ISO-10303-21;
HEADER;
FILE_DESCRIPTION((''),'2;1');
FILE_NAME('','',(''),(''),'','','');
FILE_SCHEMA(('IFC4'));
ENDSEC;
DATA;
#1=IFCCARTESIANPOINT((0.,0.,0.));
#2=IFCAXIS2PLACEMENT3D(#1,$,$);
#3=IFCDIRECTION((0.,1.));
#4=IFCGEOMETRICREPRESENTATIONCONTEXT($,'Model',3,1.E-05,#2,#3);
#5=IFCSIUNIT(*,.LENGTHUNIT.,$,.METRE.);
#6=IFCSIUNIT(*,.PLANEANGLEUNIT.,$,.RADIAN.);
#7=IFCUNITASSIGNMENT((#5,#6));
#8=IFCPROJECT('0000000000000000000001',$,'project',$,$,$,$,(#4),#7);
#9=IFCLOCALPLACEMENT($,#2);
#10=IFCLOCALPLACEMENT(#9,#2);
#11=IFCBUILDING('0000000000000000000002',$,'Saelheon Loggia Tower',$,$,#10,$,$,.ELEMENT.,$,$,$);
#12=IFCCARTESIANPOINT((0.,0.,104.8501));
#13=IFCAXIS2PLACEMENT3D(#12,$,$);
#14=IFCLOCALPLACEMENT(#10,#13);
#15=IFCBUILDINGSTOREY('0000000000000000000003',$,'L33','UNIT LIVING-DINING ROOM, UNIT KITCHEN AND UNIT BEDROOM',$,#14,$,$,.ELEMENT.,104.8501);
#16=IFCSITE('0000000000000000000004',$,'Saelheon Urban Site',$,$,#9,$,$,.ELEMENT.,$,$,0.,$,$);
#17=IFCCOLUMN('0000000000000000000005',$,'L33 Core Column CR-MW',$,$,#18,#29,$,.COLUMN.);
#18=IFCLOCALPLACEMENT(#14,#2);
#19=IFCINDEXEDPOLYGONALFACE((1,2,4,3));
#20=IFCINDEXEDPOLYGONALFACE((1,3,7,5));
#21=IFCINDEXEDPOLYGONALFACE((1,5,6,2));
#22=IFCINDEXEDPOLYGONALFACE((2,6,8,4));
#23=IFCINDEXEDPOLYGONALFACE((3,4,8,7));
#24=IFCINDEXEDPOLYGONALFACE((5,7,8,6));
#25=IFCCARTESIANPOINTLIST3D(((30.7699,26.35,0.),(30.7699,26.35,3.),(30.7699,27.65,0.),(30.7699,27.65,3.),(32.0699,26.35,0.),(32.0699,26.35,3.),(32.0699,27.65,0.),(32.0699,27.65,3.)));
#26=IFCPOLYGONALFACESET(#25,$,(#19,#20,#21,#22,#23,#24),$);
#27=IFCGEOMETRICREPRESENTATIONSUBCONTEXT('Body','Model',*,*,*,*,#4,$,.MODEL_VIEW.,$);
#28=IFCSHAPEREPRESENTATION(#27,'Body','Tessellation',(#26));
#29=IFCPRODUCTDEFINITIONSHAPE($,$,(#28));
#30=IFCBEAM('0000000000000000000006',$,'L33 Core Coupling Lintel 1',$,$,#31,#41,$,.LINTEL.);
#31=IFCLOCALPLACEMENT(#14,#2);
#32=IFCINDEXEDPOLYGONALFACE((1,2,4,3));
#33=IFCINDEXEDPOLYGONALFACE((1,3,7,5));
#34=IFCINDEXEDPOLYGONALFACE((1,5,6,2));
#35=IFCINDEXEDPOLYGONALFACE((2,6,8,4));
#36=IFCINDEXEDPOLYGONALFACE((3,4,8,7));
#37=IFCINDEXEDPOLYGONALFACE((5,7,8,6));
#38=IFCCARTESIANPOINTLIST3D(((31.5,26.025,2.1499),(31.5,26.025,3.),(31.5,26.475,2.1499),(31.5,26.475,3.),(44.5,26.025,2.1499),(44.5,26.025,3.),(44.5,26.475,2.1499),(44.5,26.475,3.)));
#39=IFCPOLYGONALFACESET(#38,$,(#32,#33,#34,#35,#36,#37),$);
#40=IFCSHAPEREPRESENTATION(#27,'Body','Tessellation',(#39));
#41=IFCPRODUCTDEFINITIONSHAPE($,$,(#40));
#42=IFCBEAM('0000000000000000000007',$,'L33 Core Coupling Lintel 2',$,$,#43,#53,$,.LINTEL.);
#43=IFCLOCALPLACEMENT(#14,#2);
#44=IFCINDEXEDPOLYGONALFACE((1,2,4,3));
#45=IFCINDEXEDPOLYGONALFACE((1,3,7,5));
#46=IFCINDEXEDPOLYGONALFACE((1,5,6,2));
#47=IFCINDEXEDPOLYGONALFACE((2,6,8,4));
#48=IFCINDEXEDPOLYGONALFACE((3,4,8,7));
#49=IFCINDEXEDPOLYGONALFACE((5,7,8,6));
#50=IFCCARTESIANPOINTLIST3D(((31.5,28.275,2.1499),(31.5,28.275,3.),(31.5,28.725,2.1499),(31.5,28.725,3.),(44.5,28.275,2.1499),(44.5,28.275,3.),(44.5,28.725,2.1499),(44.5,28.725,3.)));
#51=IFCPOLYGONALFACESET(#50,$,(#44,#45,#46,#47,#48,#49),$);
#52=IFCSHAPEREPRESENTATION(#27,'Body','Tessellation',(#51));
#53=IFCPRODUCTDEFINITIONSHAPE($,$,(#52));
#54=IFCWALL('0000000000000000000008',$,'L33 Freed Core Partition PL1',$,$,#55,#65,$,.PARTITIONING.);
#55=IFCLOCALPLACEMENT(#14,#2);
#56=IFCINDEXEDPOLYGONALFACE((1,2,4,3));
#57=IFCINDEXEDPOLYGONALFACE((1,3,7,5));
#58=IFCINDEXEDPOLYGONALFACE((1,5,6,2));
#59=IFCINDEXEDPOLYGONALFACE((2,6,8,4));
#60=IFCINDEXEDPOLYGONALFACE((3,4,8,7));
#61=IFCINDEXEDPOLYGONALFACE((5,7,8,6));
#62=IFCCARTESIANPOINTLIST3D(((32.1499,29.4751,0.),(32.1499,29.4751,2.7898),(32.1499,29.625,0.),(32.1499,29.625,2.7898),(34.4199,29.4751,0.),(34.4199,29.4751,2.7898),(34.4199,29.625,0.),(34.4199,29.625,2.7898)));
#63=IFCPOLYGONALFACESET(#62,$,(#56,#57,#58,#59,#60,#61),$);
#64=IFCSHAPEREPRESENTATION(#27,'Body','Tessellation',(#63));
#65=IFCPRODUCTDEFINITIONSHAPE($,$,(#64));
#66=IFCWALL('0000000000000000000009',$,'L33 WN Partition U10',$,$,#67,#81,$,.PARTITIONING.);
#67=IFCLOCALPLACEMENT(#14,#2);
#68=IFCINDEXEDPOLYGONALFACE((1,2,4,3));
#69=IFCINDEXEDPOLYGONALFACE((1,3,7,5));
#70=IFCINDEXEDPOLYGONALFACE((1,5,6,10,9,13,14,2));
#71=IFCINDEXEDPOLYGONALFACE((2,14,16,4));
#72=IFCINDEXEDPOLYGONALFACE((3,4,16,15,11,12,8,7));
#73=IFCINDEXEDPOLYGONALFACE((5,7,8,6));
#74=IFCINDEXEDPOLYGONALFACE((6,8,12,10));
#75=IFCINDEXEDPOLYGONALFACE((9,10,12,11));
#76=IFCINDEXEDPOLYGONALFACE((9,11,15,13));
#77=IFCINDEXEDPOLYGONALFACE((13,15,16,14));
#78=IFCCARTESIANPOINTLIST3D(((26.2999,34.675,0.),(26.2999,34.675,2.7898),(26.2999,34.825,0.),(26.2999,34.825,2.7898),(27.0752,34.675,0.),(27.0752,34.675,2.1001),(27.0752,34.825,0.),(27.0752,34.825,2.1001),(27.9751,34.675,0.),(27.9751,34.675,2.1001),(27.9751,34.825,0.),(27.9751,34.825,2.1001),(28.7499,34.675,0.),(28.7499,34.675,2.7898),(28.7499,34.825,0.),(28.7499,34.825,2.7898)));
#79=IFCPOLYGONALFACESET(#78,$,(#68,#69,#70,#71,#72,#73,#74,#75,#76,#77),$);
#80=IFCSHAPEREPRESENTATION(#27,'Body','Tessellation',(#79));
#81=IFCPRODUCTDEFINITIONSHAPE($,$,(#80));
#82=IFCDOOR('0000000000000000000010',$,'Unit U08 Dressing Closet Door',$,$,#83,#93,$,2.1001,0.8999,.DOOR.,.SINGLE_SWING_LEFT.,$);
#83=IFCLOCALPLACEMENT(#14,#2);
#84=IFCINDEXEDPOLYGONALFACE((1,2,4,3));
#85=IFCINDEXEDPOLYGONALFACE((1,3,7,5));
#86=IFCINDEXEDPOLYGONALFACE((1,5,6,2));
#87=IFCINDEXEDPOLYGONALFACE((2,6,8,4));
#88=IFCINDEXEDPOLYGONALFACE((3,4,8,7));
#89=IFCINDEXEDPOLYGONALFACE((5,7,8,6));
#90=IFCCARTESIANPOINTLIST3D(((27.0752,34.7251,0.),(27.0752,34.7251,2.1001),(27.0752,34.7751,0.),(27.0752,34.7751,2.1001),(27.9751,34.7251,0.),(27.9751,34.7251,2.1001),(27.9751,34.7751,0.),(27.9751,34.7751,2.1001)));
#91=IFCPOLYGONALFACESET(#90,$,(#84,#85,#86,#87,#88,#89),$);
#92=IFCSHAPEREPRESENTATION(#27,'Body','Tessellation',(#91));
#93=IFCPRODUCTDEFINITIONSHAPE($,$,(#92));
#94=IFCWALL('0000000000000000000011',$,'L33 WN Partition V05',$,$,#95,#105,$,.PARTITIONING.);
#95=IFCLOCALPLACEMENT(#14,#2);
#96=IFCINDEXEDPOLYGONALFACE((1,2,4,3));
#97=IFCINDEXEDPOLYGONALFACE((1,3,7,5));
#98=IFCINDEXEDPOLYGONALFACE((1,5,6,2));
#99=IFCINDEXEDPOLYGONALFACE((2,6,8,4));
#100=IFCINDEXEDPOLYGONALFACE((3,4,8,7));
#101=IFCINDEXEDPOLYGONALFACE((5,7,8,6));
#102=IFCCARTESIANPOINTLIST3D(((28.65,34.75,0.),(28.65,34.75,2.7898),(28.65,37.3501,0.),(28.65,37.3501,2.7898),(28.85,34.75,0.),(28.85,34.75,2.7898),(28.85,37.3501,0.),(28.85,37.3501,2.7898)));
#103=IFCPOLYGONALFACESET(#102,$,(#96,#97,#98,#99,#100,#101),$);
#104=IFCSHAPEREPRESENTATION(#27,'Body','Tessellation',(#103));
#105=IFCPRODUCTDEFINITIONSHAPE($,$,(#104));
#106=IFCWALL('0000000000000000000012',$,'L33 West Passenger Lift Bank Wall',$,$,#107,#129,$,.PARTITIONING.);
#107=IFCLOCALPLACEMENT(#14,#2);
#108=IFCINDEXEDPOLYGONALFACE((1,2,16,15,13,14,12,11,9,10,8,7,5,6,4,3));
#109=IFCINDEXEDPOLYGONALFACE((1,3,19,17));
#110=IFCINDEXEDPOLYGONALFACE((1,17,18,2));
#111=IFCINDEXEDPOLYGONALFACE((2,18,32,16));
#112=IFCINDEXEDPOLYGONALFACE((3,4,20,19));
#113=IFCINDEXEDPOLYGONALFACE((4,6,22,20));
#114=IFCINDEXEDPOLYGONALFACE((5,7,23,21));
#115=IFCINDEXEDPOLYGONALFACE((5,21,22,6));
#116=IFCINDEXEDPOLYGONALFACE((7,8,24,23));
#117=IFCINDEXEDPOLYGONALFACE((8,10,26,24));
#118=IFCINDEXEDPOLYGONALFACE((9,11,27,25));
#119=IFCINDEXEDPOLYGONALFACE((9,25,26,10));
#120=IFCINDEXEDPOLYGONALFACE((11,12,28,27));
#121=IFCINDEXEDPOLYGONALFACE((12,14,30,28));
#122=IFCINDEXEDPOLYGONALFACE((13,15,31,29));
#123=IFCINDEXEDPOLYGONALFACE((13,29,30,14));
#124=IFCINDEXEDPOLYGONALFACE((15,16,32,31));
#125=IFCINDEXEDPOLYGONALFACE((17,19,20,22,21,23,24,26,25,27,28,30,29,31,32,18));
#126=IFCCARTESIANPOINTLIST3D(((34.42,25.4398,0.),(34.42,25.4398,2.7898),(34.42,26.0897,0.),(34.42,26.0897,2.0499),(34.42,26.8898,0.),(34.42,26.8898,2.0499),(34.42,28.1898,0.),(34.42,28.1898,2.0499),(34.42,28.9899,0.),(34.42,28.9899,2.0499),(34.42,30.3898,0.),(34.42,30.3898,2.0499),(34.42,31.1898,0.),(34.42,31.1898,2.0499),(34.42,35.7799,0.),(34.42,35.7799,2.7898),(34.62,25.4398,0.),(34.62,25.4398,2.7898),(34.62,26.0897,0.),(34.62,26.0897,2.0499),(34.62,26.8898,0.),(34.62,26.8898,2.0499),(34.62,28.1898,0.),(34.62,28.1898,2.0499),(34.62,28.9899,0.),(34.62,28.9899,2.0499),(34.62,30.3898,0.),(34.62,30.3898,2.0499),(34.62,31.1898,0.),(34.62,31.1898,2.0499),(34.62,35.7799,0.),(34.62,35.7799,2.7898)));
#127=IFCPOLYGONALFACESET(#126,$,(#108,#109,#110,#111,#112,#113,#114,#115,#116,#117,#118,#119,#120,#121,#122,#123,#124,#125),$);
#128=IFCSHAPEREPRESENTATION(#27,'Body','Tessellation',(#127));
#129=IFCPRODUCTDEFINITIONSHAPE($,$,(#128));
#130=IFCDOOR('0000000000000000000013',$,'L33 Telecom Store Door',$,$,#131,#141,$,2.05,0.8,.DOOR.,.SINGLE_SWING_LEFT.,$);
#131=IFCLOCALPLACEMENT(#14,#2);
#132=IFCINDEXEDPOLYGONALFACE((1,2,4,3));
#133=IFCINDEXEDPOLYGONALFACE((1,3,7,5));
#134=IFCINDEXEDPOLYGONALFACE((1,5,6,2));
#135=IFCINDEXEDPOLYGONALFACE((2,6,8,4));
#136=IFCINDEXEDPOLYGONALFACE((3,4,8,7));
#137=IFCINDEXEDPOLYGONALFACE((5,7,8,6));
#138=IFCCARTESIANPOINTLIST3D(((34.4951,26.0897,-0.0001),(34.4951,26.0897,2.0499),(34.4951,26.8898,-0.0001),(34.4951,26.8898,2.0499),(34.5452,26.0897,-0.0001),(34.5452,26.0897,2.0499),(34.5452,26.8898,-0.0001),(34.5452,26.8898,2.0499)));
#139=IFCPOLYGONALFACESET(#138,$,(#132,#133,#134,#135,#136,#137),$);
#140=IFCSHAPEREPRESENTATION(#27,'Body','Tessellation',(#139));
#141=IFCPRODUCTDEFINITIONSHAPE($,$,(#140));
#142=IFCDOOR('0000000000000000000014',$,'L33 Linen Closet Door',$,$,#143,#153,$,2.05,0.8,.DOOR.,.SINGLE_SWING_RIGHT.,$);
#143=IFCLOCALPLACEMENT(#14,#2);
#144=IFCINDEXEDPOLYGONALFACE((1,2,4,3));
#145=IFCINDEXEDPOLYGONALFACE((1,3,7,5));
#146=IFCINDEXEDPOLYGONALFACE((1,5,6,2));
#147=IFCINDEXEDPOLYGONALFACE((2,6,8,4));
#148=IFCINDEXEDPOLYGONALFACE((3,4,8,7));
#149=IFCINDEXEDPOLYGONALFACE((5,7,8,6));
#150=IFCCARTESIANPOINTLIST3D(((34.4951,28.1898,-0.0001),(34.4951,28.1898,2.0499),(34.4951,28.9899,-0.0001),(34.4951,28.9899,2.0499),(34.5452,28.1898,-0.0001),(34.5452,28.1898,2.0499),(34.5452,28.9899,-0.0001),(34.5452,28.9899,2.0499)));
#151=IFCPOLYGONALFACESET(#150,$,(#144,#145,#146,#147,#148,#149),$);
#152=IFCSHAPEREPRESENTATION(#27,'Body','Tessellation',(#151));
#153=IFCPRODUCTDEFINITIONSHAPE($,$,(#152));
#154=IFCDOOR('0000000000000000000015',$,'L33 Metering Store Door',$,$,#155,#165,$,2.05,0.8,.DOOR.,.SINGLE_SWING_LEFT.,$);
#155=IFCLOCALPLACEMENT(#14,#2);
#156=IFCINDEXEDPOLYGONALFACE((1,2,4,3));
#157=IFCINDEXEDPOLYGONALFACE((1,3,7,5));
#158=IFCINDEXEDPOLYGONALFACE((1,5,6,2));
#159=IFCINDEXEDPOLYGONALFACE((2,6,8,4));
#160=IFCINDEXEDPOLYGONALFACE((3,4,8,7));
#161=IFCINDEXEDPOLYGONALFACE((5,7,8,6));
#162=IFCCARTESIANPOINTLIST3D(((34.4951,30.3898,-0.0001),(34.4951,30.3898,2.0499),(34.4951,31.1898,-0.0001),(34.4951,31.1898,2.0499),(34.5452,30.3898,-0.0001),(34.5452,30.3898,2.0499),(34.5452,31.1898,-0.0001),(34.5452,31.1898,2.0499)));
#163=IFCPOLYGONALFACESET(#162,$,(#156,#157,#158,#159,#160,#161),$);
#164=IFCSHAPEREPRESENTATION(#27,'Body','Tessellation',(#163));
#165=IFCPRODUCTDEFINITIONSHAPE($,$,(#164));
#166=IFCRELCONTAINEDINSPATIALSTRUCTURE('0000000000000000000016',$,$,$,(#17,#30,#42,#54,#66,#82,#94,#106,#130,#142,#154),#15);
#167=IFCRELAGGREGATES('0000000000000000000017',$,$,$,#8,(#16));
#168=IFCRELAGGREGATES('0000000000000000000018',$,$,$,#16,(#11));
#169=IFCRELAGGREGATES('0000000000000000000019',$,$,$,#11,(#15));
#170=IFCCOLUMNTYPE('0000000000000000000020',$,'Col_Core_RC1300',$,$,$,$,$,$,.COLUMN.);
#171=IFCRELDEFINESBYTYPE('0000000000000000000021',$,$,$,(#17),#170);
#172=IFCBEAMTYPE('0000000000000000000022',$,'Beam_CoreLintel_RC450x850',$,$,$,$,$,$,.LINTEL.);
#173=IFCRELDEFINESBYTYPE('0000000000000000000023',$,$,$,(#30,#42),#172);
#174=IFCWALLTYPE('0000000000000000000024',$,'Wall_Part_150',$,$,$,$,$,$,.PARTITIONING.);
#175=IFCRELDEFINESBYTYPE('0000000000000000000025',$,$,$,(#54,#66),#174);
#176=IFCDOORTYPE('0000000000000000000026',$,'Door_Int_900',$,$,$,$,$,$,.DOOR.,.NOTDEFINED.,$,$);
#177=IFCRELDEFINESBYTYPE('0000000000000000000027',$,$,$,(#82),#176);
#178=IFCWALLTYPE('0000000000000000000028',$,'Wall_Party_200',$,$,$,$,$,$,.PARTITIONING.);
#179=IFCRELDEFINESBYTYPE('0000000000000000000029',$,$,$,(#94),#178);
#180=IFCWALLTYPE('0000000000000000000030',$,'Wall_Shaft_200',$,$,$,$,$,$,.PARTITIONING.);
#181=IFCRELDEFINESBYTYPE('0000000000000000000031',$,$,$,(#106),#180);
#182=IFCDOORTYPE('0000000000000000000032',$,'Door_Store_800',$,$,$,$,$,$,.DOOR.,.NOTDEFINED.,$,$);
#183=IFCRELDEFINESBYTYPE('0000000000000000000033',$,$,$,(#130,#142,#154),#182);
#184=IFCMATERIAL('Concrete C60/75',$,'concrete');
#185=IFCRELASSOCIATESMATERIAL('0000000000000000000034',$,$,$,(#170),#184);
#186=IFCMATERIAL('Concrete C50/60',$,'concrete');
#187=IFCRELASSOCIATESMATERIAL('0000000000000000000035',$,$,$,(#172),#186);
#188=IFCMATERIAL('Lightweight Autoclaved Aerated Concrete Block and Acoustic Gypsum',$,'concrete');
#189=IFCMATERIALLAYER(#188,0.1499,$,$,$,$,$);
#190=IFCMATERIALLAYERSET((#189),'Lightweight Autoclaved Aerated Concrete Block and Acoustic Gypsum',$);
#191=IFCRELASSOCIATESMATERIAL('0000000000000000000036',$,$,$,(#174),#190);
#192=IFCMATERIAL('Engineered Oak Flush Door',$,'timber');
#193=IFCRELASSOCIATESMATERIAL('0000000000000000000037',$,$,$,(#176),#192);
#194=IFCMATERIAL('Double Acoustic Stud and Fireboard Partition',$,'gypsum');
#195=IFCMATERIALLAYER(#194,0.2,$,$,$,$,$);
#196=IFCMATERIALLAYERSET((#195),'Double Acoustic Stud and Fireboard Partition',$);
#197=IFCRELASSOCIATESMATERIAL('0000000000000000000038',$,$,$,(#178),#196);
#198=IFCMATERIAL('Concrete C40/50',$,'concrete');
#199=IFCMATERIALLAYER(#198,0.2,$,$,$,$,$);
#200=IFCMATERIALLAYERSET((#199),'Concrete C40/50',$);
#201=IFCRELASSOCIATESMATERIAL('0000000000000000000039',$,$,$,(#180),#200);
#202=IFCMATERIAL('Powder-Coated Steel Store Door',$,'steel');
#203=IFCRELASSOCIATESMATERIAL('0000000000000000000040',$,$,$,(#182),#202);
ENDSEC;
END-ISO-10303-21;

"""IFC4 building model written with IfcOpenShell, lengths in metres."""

from ifc_helpers import new_model, si_unit, direction, frame, frame_2d, origin, origin_2d, place, context, subcontext, project, spatial, rectangle, extrude, source, transform, mapped, material, layer, layer_set, material_profile, profile_set, type_object, element, fill, save


model = new_model("IFC4")

# Units and contexts
model_context = context("Model", 3, precision=1e-05, world=origin(), true_north=direction((0.0, 1.0)))
body_context = subcontext(model_context, "Body", "Model", "MODEL_VIEW")
ifc_project = project(units=[si_unit("LENGTHUNIT", "METRE"), si_unit("PLANEANGLEUNIT", "RADIAN")], contexts=[model_context])

# Site, building, storey
site_placement = place(None, origin())
site = spatial("IfcSite", under=ifc_project, at=site_placement, Name="Saelheon Urban Site", CompositionType="ELEMENT", RefElevation=0.0)
building_placement = place(site_placement, origin())
building = spatial("IfcBuilding", under=site, at=building_placement, Name="Saelheon Loggia Tower", CompositionType="ELEMENT")
storey_placement = place(building_placement, frame((0.0, 0.0, 104.8501)))
storey = spatial("IfcBuildingStorey", under=building, at=storey_placement, Name="L33", Description="UNIT LIVING-DINING ROOM, UNIT KITCHEN AND UNIT BEDROOM", CompositionType="ELEMENT", Elevation=104.8501)

# Column
ifc_material_1 = material(Name="Concrete C60/75", Category="concrete")
ifc_material_profile_1 = material_profile(ifc_material_1, rectangle(XDim=1.3, YDim=1.3, at=origin_2d()), Name="RC-1300x1300")
ifc_profile_set_1 = profile_set([ifc_material_profile_1], Name="Concrete C60/75")
column_type = type_object("IfcColumnType", Name="Col_Core_RC1300", PredefinedType="COLUMN", material=ifc_profile_set_1)
shared_shape_1 = source(origin(), body_context, "Body", "SweptSolid", [
    extrude(rectangle(XDim=1.3, YDim=1.3, at=origin_2d()), origin(), (0.0, 0.0, 1.0), 3.0),
])
column_placement = place(storey_placement, frame((31.4199, 27.0, 0.0), z_axis=(0.0, 0.0, 1.0), x_axis=(1.0, 0.0, 0.0)))
element("IfcColumn", 1, at=column_placement, inside=storey, type_object=column_type, Name="L33 Core Column CR-MW", PredefinedType="COLUMN", context=body_context, shape_type="MappedRepresentation", body=[
    mapped(shared_shape_1, transform((0.0, 0.0, 0.0), scale=1.0)),
])

# Beams
ifc_material_2 = material(Name="Concrete C50/60", Category="concrete")
ifc_material_profile_2 = material_profile(ifc_material_2, rectangle(XDim=0.45, YDim=0.8501, at=origin_2d()), Name="RC-450x850")
ifc_profile_set_2 = profile_set([ifc_material_profile_2], Name="Concrete C50/60")
beam_type = type_object("IfcBeamType", Name="Beam_CoreLintel_RC450x850", PredefinedType="LINTEL", material=ifc_profile_set_2)
shared_shape_2 = source(origin(), body_context, "Body", "SweptSolid", [
    extrude(rectangle(XDim=0.45, YDim=0.8501, at=origin_2d()), origin(), (0.0, 0.0, 1.0), 13.0),
])
for number, where, z_axis, x_axis, name in (
    (2, (31.5, 26.25, 2.575), (1.0, 0.0, 0.0), (0.0, 1.0, 0.0), "L33 Core Coupling Lintel 1"),
    (3, (31.5, 28.5, 2.575), (1.0, 0.0, 0.0), (0.0, 1.0, 0.0), "L33 Core Coupling Lintel 2"),
):
    element("IfcBeam", number, at=place(storey_placement, frame(where, z_axis=z_axis, x_axis=x_axis)), inside=storey, type_object=beam_type, Name=name, PredefinedType="LINTEL", context=body_context, shape_type="MappedRepresentation", body=[
        mapped(shared_shape_2, transform((0.0, 0.0, 0.0), scale=1.0)),
    ])

# Wall
ifc_material_3 = material(Name="Lightweight Autoclaved Aerated Concrete Block and Acoustic Gypsum", Category="concrete")
ifc_layer_1 = layer(ifc_material_3, 0.1499)
ifc_layer_set_1 = layer_set([ifc_layer_1], Name="Lightweight Autoclaved Aerated Concrete Block and Acoustic Gypsum")
wall_type_1 = type_object("IfcWallType", Name="Wall_Part_150", PredefinedType="PARTITIONING", material=ifc_layer_set_1)
wall_1_placement = place(storey_placement, frame((32.1499, 29.55, 0.0), z_axis=(0.0, 0.0, 1.0), x_axis=(1.0, 0.0, 0.0)))
element("IfcWall", 4, at=wall_1_placement, inside=storey, type_object=wall_type_1, Name="L33 Freed Core Partition PL1", PredefinedType="PARTITIONING", context=body_context, shape_type="SweptSolid", body=[
    extrude(rectangle(XDim=2.27, YDim=0.1499, at=frame_2d((1.135, 0.0))), origin(), (0.0, 0.0, 1.0), 2.7898),
])

# Wall, opening, door
wall_2_placement = place(storey_placement, frame((28.75, 34.75, 0.0), z_axis=(0.0, 0.0, 1.0), x_axis=(-1.0, 0.0, 0.0)))
wall_2 = element("IfcWall", 5, at=wall_2_placement, inside=storey, type_object=wall_type_1, Name="L33 WN Partition U10", PredefinedType="PARTITIONING", context=body_context, shape_type="SweptSolid", body=[
    extrude(rectangle(XDim=2.45, YDim=0.1499, at=frame_2d((1.2251, 0.0))), origin(), (0.0, 0.0, 1.0), 2.7898),
])
opening_1_placement = place(wall_2_placement, frame((0.7749, 0.0, 0.0)))
opening_1 = element("IfcOpeningElement", 6, at=opening_1_placement, cuts=wall_2, PredefinedType="OPENING", context=body_context, shape_type="SweptSolid", body=[
    extrude(rectangle(XDim=0.8999, YDim=2.1001, at=frame_2d((0.45, 1.05))), frame((0.0, 0.0869, 0.0), z_axis=(0.0, -1.0, 0.0), x_axis=(1.0, 0.0, 0.0)), (0.0, 0.0, 1.0), 0.1738),
])
ifc_material_4 = material(Name="Engineered Oak Flush Door", Category="timber")
door_type_1 = type_object("IfcDoorType", Name="Door_Int_900", OperationType="NOTDEFINED", PredefinedType="DOOR", material=ifc_material_4)
shared_shape_3 = source(origin(), body_context, "Body", "SweptSolid", [
    extrude(rectangle(XDim=0.8999, YDim=2.1001, at=frame_2d((0.45, 1.05))), frame((0.0, 0.0249, 0.0), z_axis=(0.0, -1.0, 0.0), x_axis=(1.0, 0.0, 0.0)), (0.0, 0.0, 1.0), 0.05),
])
door_1_placement = place(opening_1_placement, origin())
door_1 = element("IfcDoor", 7, at=door_1_placement, inside=storey, type_object=door_type_1, Name="Unit U08 Dressing Closet Door", OperationType="SINGLE_SWING_LEFT", OverallHeight=2.1001, OverallWidth=0.8999, PredefinedType="DOOR", context=body_context, shape_type="MappedRepresentation", body=[
    mapped(shared_shape_3, transform((0.0, 0.0, 0.0), scale=1.0)),
])
fill(opening_1, door_1)

# Wall
ifc_material_5 = material(Name="Double Acoustic Stud and Fireboard Partition", Category="gypsum")
ifc_layer_2 = layer(ifc_material_5, 0.2)
ifc_layer_set_2 = layer_set([ifc_layer_2], Name="Double Acoustic Stud and Fireboard Partition")
wall_type_2 = type_object("IfcWallType", Name="Wall_Party_200", PredefinedType="PARTITIONING", material=ifc_layer_set_2)
wall_3_placement = place(storey_placement, frame((28.75, 34.75, 0.0), z_axis=(0.0, 0.0, 1.0), x_axis=(0.0, 1.0, 0.0)))
element("IfcWall", 8, at=wall_3_placement, inside=storey, type_object=wall_type_2, Name="L33 WN Partition V05", PredefinedType="PARTITIONING", context=body_context, shape_type="SweptSolid", body=[
    extrude(rectangle(XDim=2.6001, YDim=0.2, at=frame_2d((1.3, 0.0))), origin(), (0.0, 0.0, 1.0), 2.7898),
])

# Shared definitions
ifc_material_6 = material(Name="Concrete C40/50", Category="concrete")
ifc_layer_3 = layer(ifc_material_6, 0.2)
ifc_layer_set_3 = layer_set([ifc_layer_3], Name="Concrete C40/50")
wall_type_3 = type_object("IfcWallType", Name="Wall_Shaft_200", PredefinedType="PARTITIONING", material=ifc_layer_set_3)

# Wall, openings, doors
wall_4_placement = place(storey_placement, frame((34.52, 25.4399, 0.0), z_axis=(0.0, 0.0, 1.0), x_axis=(0.0, 1.0, 0.0)))
wall_4 = element("IfcWall", 9, at=wall_4_placement, inside=storey, type_object=wall_type_3, Name="L33 West Passenger Lift Bank Wall", PredefinedType="PARTITIONING", context=body_context, shape_type="SweptSolid", body=[
    extrude(rectangle(XDim=10.3401, YDim=0.2, at=frame_2d((5.1699, 0.0))), origin(), (0.0, 0.0, 1.0), 2.7898),
])
opening_2_placement = place(wall_4_placement, frame((0.6499, 0.0, 0.0)))
opening_2 = element("IfcOpeningElement", 10, at=opening_2_placement, cuts=wall_4, PredefinedType="OPENING", context=body_context, shape_type="SweptSolid", body=[
    extrude(rectangle(XDim=0.8, YDim=2.05, at=frame_2d((0.3999, 1.0249))), frame((0.0, 0.1121, 0.0), z_axis=(0.0, -1.0, 0.0), x_axis=(1.0, 0.0, 0.0)), (0.0, 0.0, 1.0), 0.2239),
])
opening_3_placement = place(wall_4_placement, frame((2.75, 0.0, 0.0)))
opening_3 = element("IfcOpeningElement", 11, at=opening_3_placement, cuts=wall_4, PredefinedType="OPENING", context=body_context, shape_type="SweptSolid", body=[
    extrude(rectangle(XDim=0.8, YDim=2.05, at=frame_2d((0.3999, 1.0249))), frame((0.0, 0.1121, 0.0), z_axis=(0.0, -1.0, 0.0), x_axis=(1.0, 0.0, 0.0)), (0.0, 0.0, 1.0), 0.2239),
])
opening_4_placement = place(wall_4_placement, frame((4.95, 0.0, 0.0)))
opening_4 = element("IfcOpeningElement", 12, at=opening_4_placement, cuts=wall_4, PredefinedType="OPENING", context=body_context, shape_type="SweptSolid", body=[
    extrude(rectangle(XDim=0.8, YDim=2.05, at=frame_2d((0.3999, 1.0249))), frame((0.0, 0.1121, 0.0), z_axis=(0.0, -1.0, 0.0), x_axis=(1.0, 0.0, 0.0)), (0.0, 0.0, 1.0), 0.2239),
])
ifc_material_7 = material(Name="Powder-Coated Steel Store Door", Category="steel")
door_type_2 = type_object("IfcDoorType", Name="Door_Store_800", OperationType="NOTDEFINED", PredefinedType="DOOR", material=ifc_material_7)
shared_shape_4 = source(origin(), body_context, "Body", "SweptSolid", [
    extrude(rectangle(XDim=0.8, YDim=2.05, at=frame_2d((0.3999, 1.0249))), frame((0.0, 0.0249, 0.0), z_axis=(0.0, -1.0, 0.0), x_axis=(1.0, 0.0, 0.0)), (0.0, 0.0, 1.0), 0.05),
])
door_2_placement = place(opening_2_placement, origin())
door_2 = element("IfcDoor", 13, at=door_2_placement, inside=storey, type_object=door_type_2, Name="L33 Telecom Store Door", OperationType="SINGLE_SWING_LEFT", OverallHeight=2.05, OverallWidth=0.8, PredefinedType="DOOR", context=body_context, shape_type="MappedRepresentation", body=[
    mapped(shared_shape_4, transform((0.0, 0.0, 0.0), scale=1.0)),
])
fill(opening_2, door_2)
door_3_placement = place(opening_3_placement, origin())
door_3 = element("IfcDoor", 14, at=door_3_placement, inside=storey, type_object=door_type_2, Name="L33 Linen Closet Door", OperationType="SINGLE_SWING_RIGHT", OverallHeight=2.05, OverallWidth=0.8, PredefinedType="DOOR", context=body_context, shape_type="MappedRepresentation", body=[
    mapped(shared_shape_4, transform((0.0, 0.0, 0.0), scale=1.0)),
])
fill(opening_3, door_3)
door_4_placement = place(opening_4_placement, origin())
door_4 = element("IfcDoor", 15, at=door_4_placement, inside=storey, type_object=door_type_2, Name="L33 Metering Store Door", OperationType="SINGLE_SWING_LEFT", OverallHeight=2.05, OverallWidth=0.8, PredefinedType="DOOR", context=body_context, shape_type="MappedRepresentation", body=[
    mapped(shared_shape_4, transform((0.0, 0.0, 0.0), scale=1.0)),
])
fill(opening_4, door_4)

save(model, "model.ifc")
